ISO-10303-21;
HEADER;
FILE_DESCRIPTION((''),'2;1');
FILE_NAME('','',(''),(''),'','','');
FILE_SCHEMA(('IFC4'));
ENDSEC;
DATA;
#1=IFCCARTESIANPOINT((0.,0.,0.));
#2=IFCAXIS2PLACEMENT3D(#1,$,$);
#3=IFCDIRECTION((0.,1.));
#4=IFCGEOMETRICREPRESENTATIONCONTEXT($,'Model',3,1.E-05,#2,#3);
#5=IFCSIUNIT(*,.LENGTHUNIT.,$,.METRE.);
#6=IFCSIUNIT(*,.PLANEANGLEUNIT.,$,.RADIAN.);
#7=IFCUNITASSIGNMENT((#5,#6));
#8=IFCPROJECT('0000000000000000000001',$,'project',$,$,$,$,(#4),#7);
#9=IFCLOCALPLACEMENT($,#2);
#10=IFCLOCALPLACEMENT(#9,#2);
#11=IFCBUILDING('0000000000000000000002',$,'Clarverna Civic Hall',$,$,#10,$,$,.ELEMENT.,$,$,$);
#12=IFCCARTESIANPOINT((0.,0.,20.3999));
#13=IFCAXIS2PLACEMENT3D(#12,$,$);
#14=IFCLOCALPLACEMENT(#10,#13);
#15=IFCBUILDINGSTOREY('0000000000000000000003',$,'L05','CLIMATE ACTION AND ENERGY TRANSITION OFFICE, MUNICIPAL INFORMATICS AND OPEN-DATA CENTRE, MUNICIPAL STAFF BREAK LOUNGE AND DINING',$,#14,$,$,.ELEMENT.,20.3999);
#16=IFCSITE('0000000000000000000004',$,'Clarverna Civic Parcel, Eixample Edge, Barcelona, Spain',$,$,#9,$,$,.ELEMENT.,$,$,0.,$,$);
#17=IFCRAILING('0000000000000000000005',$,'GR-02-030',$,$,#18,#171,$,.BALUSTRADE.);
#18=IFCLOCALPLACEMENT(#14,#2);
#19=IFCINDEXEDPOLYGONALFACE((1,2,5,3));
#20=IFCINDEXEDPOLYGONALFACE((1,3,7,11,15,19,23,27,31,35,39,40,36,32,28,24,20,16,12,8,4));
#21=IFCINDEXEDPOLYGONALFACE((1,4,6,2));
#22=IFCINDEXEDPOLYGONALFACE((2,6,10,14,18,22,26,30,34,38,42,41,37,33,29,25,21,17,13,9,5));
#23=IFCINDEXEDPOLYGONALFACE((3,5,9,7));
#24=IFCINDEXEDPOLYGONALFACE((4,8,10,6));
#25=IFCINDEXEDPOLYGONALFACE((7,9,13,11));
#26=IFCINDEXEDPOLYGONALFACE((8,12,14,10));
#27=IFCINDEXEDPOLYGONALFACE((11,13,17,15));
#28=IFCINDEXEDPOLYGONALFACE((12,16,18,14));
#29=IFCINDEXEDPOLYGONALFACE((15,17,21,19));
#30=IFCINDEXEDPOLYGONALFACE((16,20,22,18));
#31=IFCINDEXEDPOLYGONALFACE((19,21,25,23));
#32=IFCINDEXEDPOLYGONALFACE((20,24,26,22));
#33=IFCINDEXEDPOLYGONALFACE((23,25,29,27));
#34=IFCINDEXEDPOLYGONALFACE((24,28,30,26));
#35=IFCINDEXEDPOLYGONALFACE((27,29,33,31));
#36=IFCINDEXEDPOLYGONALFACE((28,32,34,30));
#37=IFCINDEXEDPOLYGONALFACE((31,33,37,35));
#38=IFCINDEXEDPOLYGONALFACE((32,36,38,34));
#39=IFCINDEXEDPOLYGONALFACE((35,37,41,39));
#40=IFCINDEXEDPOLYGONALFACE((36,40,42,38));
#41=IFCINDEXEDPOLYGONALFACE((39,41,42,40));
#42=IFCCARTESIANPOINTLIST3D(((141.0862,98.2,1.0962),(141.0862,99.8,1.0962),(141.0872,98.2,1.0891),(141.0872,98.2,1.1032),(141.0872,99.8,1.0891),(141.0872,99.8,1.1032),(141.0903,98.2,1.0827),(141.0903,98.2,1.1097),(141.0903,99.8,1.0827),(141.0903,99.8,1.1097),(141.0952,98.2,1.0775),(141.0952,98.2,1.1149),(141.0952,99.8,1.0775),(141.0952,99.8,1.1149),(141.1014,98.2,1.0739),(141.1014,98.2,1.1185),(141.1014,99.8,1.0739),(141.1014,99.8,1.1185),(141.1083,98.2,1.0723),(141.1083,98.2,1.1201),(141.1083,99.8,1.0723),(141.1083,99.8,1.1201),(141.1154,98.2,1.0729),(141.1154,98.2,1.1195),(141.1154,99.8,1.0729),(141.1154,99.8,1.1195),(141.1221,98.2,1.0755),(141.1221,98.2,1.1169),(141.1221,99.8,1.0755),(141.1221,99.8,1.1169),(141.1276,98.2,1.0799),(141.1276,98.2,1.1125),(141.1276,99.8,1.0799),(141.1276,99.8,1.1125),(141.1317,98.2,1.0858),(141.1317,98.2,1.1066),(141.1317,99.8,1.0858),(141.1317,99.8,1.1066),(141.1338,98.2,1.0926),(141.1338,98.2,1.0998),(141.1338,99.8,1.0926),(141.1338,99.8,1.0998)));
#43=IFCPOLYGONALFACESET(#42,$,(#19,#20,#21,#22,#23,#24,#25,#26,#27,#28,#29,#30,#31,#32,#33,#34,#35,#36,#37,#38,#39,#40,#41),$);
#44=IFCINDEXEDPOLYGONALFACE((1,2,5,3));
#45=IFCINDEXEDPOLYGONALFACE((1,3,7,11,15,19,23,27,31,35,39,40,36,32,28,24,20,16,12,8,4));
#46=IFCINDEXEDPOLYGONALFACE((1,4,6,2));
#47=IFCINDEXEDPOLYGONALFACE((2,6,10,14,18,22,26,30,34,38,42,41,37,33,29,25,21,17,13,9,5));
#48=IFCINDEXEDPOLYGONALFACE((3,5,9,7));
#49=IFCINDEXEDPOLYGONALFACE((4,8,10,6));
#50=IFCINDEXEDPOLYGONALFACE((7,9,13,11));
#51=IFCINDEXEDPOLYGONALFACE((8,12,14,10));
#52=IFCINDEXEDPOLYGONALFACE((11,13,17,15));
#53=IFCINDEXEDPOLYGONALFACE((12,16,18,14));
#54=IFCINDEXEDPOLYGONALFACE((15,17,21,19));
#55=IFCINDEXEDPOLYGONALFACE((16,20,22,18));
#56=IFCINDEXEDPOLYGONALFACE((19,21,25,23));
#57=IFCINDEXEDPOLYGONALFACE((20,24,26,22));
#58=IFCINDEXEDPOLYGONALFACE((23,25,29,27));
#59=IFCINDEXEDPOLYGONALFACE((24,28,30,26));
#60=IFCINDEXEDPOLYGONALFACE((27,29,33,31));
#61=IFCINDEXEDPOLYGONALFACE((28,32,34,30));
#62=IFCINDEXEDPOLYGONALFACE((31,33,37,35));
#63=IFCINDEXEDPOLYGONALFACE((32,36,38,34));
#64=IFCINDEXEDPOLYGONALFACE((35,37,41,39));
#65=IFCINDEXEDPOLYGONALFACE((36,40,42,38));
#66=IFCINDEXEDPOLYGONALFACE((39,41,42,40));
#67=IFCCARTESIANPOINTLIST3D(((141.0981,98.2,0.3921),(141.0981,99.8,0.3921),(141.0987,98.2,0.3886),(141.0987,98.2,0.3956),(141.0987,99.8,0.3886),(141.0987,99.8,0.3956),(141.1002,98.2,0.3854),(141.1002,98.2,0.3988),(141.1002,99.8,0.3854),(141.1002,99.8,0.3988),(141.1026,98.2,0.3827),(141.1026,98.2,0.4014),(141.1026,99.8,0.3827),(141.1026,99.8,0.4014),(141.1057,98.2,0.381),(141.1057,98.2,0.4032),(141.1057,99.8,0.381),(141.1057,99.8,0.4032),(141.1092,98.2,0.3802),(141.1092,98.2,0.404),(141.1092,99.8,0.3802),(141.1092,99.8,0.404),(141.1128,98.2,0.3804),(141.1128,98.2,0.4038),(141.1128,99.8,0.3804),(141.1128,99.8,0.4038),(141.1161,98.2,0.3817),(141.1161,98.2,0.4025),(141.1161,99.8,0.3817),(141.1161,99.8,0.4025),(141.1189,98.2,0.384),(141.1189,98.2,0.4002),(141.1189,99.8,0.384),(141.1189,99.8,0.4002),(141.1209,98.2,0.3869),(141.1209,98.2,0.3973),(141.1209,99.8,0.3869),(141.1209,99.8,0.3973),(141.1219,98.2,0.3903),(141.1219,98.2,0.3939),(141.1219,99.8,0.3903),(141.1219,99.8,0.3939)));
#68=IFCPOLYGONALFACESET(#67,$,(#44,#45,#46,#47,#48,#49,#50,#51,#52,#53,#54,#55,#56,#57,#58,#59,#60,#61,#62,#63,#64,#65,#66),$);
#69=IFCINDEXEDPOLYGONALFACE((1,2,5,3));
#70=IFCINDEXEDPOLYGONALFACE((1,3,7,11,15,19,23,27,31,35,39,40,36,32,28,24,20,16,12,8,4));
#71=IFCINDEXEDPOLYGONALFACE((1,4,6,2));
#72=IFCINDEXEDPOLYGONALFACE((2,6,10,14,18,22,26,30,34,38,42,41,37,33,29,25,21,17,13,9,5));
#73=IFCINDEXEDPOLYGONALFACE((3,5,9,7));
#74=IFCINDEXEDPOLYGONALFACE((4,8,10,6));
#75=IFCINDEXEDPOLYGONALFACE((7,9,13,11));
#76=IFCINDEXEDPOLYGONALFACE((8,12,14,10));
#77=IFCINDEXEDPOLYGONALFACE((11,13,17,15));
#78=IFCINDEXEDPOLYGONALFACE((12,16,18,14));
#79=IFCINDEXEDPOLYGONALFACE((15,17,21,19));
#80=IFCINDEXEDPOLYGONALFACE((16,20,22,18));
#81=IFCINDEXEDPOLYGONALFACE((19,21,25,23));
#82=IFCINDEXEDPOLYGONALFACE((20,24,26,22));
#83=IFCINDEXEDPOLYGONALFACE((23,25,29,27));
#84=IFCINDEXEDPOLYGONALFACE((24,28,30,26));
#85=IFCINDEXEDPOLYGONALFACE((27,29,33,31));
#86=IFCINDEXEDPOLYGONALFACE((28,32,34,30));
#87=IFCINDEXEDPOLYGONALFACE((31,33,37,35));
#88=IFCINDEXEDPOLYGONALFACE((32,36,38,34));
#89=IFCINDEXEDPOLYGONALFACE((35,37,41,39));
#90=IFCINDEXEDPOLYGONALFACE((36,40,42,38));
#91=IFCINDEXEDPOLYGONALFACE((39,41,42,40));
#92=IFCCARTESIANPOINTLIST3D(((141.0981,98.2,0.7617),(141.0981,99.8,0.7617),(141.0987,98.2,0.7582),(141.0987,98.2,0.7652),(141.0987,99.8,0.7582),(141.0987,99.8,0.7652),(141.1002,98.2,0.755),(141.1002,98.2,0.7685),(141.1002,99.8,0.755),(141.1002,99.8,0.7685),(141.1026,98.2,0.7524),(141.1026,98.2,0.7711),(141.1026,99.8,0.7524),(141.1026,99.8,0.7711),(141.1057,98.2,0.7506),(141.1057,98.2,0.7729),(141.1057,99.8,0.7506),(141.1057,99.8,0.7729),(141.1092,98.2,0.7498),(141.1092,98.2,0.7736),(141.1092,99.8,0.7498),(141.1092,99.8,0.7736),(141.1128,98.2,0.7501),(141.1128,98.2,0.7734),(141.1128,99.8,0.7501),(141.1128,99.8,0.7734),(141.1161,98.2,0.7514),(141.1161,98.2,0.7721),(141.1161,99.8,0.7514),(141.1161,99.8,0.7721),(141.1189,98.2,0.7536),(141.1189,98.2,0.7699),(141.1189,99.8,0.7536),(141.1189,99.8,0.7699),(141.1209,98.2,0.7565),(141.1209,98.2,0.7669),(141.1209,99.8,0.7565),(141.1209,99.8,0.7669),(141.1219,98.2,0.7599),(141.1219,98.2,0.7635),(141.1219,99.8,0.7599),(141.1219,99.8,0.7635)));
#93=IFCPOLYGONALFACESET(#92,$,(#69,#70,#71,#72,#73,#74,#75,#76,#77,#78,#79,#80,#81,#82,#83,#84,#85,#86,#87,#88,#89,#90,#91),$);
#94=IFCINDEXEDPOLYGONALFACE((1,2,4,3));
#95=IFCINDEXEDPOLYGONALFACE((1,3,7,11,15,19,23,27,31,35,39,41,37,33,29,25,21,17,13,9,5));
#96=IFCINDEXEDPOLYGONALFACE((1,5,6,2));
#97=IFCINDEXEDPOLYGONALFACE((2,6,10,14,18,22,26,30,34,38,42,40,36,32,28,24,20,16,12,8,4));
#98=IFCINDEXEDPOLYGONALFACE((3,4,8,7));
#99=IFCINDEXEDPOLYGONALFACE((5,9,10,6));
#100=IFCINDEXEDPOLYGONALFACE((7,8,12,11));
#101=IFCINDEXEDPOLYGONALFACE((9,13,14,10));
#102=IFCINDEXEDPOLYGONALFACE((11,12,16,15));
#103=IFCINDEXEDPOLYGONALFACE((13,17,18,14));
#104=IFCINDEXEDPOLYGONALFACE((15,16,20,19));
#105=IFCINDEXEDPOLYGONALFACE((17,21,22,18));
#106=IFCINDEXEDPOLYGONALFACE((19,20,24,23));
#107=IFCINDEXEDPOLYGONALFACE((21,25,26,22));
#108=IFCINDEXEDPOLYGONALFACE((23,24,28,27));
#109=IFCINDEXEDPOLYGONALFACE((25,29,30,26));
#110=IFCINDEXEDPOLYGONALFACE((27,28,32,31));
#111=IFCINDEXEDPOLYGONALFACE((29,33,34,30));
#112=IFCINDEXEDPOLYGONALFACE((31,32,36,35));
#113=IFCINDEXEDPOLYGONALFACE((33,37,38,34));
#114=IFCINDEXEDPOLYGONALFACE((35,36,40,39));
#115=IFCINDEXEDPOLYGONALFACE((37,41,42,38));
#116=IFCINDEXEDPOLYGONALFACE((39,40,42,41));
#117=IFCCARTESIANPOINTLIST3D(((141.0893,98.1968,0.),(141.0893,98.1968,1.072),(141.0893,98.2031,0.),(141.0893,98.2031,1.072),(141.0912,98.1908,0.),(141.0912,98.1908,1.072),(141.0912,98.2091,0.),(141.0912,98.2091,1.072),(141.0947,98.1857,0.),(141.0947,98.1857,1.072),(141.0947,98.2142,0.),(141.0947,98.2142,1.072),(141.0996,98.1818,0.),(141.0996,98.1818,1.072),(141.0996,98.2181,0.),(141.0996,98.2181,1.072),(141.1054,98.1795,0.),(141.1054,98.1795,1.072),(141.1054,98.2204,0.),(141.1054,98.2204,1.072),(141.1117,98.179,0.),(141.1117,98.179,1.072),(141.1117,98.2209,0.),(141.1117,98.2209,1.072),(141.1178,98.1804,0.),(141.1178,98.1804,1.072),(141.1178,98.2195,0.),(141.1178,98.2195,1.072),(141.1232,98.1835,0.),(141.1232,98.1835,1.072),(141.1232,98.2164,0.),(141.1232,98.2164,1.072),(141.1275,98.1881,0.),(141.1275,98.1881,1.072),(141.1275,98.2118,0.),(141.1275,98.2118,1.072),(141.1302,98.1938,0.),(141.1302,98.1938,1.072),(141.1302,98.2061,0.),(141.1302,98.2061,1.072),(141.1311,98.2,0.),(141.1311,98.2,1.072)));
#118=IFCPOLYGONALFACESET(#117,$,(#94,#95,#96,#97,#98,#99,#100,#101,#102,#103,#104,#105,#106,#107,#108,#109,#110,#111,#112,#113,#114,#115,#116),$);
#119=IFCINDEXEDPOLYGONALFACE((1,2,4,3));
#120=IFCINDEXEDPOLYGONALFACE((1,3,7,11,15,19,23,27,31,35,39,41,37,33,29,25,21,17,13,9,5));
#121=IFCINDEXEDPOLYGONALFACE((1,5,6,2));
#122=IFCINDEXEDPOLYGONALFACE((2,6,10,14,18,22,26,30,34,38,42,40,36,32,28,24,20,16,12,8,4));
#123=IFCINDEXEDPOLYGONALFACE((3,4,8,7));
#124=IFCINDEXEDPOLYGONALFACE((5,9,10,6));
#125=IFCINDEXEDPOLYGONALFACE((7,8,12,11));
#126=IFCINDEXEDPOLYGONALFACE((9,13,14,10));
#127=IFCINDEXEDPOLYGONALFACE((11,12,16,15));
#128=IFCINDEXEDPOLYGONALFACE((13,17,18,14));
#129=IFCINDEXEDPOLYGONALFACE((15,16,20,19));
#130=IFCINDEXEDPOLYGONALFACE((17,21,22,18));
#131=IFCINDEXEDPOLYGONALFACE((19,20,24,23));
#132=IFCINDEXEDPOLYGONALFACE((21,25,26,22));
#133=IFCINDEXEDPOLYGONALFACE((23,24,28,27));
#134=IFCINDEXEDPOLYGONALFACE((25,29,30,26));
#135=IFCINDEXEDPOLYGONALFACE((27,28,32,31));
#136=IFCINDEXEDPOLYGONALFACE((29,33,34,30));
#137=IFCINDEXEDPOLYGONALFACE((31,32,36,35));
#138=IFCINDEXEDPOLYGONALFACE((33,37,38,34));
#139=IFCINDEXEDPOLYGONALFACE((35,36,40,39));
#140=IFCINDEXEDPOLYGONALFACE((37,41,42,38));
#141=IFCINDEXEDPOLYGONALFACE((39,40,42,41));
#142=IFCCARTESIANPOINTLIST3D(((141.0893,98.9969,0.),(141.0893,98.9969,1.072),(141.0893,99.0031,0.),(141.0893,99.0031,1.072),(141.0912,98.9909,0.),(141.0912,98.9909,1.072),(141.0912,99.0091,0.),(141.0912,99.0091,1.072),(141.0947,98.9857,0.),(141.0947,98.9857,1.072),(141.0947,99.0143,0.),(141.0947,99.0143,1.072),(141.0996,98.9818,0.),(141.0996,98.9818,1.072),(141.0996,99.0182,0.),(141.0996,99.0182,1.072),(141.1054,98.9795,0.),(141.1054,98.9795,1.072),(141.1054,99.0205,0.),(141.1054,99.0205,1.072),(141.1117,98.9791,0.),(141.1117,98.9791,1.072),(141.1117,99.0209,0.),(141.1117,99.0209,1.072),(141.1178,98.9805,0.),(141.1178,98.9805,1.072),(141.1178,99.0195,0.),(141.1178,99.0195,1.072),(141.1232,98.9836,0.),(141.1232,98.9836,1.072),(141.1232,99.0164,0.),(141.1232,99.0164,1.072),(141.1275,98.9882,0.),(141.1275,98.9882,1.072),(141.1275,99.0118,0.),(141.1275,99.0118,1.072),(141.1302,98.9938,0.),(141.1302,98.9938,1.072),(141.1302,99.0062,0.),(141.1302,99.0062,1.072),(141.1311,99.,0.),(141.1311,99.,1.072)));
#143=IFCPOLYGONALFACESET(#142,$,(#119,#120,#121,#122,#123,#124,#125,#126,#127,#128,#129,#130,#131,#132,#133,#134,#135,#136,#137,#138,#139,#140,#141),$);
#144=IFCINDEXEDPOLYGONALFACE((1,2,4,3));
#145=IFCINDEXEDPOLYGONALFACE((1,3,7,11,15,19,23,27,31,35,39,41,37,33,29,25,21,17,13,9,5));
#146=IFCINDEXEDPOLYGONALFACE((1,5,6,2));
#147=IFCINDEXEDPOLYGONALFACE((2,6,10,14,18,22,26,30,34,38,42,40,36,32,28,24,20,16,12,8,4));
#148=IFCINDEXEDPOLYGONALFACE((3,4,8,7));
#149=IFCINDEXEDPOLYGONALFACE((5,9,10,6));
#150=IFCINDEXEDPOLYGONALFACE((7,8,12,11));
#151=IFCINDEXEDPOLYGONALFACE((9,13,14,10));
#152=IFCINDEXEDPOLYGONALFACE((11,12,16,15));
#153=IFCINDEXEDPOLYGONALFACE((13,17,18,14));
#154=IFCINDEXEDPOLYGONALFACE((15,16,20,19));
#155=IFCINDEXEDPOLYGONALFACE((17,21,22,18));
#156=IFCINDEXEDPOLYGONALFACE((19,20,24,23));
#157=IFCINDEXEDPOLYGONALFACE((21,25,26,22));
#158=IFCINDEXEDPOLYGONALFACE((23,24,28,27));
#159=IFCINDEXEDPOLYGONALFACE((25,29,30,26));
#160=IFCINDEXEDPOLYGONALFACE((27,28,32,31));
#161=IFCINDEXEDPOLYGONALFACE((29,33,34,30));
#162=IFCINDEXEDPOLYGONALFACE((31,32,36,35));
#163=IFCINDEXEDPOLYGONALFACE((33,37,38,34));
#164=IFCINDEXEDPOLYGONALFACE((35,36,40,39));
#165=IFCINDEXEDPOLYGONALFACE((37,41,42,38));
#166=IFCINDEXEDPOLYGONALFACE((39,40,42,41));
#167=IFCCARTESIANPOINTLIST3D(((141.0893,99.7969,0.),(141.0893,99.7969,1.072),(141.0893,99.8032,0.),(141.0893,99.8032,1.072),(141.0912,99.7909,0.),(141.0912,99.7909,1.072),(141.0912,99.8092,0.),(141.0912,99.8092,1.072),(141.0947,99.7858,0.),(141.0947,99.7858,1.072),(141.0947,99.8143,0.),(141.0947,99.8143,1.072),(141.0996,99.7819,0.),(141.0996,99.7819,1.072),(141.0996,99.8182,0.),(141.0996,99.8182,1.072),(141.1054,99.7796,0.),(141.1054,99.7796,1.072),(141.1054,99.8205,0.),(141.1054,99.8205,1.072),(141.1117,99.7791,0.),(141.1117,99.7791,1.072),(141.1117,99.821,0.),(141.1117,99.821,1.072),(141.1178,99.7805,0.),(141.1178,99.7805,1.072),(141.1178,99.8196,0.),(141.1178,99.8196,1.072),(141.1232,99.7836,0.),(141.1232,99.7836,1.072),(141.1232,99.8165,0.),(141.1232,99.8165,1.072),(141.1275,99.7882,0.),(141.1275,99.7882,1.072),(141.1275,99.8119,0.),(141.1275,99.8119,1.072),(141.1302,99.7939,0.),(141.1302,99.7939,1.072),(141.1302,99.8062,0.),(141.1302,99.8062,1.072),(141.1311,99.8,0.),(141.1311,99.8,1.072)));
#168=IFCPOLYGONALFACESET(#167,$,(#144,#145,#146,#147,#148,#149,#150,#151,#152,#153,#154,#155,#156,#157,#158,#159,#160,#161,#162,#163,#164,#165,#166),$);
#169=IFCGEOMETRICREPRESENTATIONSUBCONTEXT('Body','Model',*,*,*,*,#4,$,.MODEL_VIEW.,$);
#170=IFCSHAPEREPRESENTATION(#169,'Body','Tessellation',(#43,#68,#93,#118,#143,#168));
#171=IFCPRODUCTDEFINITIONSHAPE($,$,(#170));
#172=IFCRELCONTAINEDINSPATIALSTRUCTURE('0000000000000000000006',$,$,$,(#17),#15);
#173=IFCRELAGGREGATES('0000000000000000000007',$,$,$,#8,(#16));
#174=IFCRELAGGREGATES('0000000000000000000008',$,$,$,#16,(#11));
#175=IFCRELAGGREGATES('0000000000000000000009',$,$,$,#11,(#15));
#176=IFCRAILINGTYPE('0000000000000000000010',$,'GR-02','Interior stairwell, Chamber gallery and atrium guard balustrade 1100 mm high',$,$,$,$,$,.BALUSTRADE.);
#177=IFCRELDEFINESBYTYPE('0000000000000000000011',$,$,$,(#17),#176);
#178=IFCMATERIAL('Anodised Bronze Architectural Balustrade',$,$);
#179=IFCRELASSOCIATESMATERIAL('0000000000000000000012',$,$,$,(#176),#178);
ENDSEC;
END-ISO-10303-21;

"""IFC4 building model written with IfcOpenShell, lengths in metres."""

from ifc_helpers import new_model, si_unit, direction, frame, origin, origin_2d, place, context, subcontext, project, spatial, circle, extrude, material, type_object, element, save


model = new_model("IFC4")

# Units and contexts
model_context = context("Model", 3, precision=1e-05, world=origin(), true_north=direction((0.0, 1.0)))
body_context = subcontext(model_context, "Body", "Model", "MODEL_VIEW")
ifc_project = project(units=[si_unit("LENGTHUNIT", "METRE"), si_unit("PLANEANGLEUNIT", "RADIAN")], contexts=[model_context])

# Site, building, storey
site_placement = place(None, origin())
site = spatial("IfcSite", under=ifc_project, at=site_placement, Name="Clarverna Civic Parcel, Eixample Edge, Barcelona, Spain", CompositionType="ELEMENT", RefElevation=0.0)
building_placement = place(site_placement, origin())
building = spatial("IfcBuilding", under=site, at=building_placement, Name="Clarverna Civic Hall", CompositionType="ELEMENT")
storey_placement = place(building_placement, frame((0.0, 0.0, 20.3999)))
storey = spatial("IfcBuildingStorey", under=building, at=storey_placement, Name="L05", Description="CLIMATE ACTION AND ENERGY TRANSITION OFFICE, MUNICIPAL INFORMATICS AND OPEN-DATA CENTRE, MUNICIPAL STAFF BREAK LOUNGE AND DINING", CompositionType="ELEMENT", Elevation=20.3999)

# Railing
ifc_material_1 = material(Name="Anodised Bronze Architectural Balustrade")
railing_type_1 = type_object("IfcRailingType", Name="GR-02", Description="Interior stairwell, Chamber gallery and atrium guard balustrade 1100 mm high", PredefinedType="BALUSTRADE", material=ifc_material_1)
railing_1_placement = place(storey_placement, frame((141.1101, 98.2, 0.0)))
element("IfcRailing", 1, at=railing_1_placement, inside=storey, type_object=railing_type_1, Name="GR-02-030", PredefinedType="BALUSTRADE", context=body_context, shape_type="SweptSolid", body=[
    extrude(circle(Radius=0.0239, at=origin_2d()), frame((0.0, 0.0, 1.0962), z_axis=(0.0, 1.0, 0.0), x_axis=(-1.0, 0.0, 0.0)), (0.0, 0.0, 1.0), 1.6001),
    extrude(circle(Radius=0.012, at=origin_2d()), frame((0.0, 0.0, 0.3921), z_axis=(0.0, 1.0, 0.0), x_axis=(-1.0, 0.0, 0.0)), (0.0, 0.0, 1.0), 1.6001),
    extrude(circle(Radius=0.012, at=origin_2d()), frame((0.0, 0.0, 0.7617), z_axis=(0.0, 1.0, 0.0), x_axis=(-1.0, 0.0, 0.0)), (0.0, 0.0, 1.0), 1.6001),
    extrude(circle(Radius=0.021, at=origin_2d()), origin(), (0.0, 0.0, 1.0), 1.072),
    extrude(circle(Radius=0.021, at=origin_2d()), frame((0.0, 0.8, 0.0)), (0.0, 0.0, 1.0), 1.072),
    extrude(circle(Radius=0.021, at=origin_2d()), frame((0.0, 1.6001, 0.0)), (0.0, 0.0, 1.0), 1.072),
])

save(model, "model.ifc")
